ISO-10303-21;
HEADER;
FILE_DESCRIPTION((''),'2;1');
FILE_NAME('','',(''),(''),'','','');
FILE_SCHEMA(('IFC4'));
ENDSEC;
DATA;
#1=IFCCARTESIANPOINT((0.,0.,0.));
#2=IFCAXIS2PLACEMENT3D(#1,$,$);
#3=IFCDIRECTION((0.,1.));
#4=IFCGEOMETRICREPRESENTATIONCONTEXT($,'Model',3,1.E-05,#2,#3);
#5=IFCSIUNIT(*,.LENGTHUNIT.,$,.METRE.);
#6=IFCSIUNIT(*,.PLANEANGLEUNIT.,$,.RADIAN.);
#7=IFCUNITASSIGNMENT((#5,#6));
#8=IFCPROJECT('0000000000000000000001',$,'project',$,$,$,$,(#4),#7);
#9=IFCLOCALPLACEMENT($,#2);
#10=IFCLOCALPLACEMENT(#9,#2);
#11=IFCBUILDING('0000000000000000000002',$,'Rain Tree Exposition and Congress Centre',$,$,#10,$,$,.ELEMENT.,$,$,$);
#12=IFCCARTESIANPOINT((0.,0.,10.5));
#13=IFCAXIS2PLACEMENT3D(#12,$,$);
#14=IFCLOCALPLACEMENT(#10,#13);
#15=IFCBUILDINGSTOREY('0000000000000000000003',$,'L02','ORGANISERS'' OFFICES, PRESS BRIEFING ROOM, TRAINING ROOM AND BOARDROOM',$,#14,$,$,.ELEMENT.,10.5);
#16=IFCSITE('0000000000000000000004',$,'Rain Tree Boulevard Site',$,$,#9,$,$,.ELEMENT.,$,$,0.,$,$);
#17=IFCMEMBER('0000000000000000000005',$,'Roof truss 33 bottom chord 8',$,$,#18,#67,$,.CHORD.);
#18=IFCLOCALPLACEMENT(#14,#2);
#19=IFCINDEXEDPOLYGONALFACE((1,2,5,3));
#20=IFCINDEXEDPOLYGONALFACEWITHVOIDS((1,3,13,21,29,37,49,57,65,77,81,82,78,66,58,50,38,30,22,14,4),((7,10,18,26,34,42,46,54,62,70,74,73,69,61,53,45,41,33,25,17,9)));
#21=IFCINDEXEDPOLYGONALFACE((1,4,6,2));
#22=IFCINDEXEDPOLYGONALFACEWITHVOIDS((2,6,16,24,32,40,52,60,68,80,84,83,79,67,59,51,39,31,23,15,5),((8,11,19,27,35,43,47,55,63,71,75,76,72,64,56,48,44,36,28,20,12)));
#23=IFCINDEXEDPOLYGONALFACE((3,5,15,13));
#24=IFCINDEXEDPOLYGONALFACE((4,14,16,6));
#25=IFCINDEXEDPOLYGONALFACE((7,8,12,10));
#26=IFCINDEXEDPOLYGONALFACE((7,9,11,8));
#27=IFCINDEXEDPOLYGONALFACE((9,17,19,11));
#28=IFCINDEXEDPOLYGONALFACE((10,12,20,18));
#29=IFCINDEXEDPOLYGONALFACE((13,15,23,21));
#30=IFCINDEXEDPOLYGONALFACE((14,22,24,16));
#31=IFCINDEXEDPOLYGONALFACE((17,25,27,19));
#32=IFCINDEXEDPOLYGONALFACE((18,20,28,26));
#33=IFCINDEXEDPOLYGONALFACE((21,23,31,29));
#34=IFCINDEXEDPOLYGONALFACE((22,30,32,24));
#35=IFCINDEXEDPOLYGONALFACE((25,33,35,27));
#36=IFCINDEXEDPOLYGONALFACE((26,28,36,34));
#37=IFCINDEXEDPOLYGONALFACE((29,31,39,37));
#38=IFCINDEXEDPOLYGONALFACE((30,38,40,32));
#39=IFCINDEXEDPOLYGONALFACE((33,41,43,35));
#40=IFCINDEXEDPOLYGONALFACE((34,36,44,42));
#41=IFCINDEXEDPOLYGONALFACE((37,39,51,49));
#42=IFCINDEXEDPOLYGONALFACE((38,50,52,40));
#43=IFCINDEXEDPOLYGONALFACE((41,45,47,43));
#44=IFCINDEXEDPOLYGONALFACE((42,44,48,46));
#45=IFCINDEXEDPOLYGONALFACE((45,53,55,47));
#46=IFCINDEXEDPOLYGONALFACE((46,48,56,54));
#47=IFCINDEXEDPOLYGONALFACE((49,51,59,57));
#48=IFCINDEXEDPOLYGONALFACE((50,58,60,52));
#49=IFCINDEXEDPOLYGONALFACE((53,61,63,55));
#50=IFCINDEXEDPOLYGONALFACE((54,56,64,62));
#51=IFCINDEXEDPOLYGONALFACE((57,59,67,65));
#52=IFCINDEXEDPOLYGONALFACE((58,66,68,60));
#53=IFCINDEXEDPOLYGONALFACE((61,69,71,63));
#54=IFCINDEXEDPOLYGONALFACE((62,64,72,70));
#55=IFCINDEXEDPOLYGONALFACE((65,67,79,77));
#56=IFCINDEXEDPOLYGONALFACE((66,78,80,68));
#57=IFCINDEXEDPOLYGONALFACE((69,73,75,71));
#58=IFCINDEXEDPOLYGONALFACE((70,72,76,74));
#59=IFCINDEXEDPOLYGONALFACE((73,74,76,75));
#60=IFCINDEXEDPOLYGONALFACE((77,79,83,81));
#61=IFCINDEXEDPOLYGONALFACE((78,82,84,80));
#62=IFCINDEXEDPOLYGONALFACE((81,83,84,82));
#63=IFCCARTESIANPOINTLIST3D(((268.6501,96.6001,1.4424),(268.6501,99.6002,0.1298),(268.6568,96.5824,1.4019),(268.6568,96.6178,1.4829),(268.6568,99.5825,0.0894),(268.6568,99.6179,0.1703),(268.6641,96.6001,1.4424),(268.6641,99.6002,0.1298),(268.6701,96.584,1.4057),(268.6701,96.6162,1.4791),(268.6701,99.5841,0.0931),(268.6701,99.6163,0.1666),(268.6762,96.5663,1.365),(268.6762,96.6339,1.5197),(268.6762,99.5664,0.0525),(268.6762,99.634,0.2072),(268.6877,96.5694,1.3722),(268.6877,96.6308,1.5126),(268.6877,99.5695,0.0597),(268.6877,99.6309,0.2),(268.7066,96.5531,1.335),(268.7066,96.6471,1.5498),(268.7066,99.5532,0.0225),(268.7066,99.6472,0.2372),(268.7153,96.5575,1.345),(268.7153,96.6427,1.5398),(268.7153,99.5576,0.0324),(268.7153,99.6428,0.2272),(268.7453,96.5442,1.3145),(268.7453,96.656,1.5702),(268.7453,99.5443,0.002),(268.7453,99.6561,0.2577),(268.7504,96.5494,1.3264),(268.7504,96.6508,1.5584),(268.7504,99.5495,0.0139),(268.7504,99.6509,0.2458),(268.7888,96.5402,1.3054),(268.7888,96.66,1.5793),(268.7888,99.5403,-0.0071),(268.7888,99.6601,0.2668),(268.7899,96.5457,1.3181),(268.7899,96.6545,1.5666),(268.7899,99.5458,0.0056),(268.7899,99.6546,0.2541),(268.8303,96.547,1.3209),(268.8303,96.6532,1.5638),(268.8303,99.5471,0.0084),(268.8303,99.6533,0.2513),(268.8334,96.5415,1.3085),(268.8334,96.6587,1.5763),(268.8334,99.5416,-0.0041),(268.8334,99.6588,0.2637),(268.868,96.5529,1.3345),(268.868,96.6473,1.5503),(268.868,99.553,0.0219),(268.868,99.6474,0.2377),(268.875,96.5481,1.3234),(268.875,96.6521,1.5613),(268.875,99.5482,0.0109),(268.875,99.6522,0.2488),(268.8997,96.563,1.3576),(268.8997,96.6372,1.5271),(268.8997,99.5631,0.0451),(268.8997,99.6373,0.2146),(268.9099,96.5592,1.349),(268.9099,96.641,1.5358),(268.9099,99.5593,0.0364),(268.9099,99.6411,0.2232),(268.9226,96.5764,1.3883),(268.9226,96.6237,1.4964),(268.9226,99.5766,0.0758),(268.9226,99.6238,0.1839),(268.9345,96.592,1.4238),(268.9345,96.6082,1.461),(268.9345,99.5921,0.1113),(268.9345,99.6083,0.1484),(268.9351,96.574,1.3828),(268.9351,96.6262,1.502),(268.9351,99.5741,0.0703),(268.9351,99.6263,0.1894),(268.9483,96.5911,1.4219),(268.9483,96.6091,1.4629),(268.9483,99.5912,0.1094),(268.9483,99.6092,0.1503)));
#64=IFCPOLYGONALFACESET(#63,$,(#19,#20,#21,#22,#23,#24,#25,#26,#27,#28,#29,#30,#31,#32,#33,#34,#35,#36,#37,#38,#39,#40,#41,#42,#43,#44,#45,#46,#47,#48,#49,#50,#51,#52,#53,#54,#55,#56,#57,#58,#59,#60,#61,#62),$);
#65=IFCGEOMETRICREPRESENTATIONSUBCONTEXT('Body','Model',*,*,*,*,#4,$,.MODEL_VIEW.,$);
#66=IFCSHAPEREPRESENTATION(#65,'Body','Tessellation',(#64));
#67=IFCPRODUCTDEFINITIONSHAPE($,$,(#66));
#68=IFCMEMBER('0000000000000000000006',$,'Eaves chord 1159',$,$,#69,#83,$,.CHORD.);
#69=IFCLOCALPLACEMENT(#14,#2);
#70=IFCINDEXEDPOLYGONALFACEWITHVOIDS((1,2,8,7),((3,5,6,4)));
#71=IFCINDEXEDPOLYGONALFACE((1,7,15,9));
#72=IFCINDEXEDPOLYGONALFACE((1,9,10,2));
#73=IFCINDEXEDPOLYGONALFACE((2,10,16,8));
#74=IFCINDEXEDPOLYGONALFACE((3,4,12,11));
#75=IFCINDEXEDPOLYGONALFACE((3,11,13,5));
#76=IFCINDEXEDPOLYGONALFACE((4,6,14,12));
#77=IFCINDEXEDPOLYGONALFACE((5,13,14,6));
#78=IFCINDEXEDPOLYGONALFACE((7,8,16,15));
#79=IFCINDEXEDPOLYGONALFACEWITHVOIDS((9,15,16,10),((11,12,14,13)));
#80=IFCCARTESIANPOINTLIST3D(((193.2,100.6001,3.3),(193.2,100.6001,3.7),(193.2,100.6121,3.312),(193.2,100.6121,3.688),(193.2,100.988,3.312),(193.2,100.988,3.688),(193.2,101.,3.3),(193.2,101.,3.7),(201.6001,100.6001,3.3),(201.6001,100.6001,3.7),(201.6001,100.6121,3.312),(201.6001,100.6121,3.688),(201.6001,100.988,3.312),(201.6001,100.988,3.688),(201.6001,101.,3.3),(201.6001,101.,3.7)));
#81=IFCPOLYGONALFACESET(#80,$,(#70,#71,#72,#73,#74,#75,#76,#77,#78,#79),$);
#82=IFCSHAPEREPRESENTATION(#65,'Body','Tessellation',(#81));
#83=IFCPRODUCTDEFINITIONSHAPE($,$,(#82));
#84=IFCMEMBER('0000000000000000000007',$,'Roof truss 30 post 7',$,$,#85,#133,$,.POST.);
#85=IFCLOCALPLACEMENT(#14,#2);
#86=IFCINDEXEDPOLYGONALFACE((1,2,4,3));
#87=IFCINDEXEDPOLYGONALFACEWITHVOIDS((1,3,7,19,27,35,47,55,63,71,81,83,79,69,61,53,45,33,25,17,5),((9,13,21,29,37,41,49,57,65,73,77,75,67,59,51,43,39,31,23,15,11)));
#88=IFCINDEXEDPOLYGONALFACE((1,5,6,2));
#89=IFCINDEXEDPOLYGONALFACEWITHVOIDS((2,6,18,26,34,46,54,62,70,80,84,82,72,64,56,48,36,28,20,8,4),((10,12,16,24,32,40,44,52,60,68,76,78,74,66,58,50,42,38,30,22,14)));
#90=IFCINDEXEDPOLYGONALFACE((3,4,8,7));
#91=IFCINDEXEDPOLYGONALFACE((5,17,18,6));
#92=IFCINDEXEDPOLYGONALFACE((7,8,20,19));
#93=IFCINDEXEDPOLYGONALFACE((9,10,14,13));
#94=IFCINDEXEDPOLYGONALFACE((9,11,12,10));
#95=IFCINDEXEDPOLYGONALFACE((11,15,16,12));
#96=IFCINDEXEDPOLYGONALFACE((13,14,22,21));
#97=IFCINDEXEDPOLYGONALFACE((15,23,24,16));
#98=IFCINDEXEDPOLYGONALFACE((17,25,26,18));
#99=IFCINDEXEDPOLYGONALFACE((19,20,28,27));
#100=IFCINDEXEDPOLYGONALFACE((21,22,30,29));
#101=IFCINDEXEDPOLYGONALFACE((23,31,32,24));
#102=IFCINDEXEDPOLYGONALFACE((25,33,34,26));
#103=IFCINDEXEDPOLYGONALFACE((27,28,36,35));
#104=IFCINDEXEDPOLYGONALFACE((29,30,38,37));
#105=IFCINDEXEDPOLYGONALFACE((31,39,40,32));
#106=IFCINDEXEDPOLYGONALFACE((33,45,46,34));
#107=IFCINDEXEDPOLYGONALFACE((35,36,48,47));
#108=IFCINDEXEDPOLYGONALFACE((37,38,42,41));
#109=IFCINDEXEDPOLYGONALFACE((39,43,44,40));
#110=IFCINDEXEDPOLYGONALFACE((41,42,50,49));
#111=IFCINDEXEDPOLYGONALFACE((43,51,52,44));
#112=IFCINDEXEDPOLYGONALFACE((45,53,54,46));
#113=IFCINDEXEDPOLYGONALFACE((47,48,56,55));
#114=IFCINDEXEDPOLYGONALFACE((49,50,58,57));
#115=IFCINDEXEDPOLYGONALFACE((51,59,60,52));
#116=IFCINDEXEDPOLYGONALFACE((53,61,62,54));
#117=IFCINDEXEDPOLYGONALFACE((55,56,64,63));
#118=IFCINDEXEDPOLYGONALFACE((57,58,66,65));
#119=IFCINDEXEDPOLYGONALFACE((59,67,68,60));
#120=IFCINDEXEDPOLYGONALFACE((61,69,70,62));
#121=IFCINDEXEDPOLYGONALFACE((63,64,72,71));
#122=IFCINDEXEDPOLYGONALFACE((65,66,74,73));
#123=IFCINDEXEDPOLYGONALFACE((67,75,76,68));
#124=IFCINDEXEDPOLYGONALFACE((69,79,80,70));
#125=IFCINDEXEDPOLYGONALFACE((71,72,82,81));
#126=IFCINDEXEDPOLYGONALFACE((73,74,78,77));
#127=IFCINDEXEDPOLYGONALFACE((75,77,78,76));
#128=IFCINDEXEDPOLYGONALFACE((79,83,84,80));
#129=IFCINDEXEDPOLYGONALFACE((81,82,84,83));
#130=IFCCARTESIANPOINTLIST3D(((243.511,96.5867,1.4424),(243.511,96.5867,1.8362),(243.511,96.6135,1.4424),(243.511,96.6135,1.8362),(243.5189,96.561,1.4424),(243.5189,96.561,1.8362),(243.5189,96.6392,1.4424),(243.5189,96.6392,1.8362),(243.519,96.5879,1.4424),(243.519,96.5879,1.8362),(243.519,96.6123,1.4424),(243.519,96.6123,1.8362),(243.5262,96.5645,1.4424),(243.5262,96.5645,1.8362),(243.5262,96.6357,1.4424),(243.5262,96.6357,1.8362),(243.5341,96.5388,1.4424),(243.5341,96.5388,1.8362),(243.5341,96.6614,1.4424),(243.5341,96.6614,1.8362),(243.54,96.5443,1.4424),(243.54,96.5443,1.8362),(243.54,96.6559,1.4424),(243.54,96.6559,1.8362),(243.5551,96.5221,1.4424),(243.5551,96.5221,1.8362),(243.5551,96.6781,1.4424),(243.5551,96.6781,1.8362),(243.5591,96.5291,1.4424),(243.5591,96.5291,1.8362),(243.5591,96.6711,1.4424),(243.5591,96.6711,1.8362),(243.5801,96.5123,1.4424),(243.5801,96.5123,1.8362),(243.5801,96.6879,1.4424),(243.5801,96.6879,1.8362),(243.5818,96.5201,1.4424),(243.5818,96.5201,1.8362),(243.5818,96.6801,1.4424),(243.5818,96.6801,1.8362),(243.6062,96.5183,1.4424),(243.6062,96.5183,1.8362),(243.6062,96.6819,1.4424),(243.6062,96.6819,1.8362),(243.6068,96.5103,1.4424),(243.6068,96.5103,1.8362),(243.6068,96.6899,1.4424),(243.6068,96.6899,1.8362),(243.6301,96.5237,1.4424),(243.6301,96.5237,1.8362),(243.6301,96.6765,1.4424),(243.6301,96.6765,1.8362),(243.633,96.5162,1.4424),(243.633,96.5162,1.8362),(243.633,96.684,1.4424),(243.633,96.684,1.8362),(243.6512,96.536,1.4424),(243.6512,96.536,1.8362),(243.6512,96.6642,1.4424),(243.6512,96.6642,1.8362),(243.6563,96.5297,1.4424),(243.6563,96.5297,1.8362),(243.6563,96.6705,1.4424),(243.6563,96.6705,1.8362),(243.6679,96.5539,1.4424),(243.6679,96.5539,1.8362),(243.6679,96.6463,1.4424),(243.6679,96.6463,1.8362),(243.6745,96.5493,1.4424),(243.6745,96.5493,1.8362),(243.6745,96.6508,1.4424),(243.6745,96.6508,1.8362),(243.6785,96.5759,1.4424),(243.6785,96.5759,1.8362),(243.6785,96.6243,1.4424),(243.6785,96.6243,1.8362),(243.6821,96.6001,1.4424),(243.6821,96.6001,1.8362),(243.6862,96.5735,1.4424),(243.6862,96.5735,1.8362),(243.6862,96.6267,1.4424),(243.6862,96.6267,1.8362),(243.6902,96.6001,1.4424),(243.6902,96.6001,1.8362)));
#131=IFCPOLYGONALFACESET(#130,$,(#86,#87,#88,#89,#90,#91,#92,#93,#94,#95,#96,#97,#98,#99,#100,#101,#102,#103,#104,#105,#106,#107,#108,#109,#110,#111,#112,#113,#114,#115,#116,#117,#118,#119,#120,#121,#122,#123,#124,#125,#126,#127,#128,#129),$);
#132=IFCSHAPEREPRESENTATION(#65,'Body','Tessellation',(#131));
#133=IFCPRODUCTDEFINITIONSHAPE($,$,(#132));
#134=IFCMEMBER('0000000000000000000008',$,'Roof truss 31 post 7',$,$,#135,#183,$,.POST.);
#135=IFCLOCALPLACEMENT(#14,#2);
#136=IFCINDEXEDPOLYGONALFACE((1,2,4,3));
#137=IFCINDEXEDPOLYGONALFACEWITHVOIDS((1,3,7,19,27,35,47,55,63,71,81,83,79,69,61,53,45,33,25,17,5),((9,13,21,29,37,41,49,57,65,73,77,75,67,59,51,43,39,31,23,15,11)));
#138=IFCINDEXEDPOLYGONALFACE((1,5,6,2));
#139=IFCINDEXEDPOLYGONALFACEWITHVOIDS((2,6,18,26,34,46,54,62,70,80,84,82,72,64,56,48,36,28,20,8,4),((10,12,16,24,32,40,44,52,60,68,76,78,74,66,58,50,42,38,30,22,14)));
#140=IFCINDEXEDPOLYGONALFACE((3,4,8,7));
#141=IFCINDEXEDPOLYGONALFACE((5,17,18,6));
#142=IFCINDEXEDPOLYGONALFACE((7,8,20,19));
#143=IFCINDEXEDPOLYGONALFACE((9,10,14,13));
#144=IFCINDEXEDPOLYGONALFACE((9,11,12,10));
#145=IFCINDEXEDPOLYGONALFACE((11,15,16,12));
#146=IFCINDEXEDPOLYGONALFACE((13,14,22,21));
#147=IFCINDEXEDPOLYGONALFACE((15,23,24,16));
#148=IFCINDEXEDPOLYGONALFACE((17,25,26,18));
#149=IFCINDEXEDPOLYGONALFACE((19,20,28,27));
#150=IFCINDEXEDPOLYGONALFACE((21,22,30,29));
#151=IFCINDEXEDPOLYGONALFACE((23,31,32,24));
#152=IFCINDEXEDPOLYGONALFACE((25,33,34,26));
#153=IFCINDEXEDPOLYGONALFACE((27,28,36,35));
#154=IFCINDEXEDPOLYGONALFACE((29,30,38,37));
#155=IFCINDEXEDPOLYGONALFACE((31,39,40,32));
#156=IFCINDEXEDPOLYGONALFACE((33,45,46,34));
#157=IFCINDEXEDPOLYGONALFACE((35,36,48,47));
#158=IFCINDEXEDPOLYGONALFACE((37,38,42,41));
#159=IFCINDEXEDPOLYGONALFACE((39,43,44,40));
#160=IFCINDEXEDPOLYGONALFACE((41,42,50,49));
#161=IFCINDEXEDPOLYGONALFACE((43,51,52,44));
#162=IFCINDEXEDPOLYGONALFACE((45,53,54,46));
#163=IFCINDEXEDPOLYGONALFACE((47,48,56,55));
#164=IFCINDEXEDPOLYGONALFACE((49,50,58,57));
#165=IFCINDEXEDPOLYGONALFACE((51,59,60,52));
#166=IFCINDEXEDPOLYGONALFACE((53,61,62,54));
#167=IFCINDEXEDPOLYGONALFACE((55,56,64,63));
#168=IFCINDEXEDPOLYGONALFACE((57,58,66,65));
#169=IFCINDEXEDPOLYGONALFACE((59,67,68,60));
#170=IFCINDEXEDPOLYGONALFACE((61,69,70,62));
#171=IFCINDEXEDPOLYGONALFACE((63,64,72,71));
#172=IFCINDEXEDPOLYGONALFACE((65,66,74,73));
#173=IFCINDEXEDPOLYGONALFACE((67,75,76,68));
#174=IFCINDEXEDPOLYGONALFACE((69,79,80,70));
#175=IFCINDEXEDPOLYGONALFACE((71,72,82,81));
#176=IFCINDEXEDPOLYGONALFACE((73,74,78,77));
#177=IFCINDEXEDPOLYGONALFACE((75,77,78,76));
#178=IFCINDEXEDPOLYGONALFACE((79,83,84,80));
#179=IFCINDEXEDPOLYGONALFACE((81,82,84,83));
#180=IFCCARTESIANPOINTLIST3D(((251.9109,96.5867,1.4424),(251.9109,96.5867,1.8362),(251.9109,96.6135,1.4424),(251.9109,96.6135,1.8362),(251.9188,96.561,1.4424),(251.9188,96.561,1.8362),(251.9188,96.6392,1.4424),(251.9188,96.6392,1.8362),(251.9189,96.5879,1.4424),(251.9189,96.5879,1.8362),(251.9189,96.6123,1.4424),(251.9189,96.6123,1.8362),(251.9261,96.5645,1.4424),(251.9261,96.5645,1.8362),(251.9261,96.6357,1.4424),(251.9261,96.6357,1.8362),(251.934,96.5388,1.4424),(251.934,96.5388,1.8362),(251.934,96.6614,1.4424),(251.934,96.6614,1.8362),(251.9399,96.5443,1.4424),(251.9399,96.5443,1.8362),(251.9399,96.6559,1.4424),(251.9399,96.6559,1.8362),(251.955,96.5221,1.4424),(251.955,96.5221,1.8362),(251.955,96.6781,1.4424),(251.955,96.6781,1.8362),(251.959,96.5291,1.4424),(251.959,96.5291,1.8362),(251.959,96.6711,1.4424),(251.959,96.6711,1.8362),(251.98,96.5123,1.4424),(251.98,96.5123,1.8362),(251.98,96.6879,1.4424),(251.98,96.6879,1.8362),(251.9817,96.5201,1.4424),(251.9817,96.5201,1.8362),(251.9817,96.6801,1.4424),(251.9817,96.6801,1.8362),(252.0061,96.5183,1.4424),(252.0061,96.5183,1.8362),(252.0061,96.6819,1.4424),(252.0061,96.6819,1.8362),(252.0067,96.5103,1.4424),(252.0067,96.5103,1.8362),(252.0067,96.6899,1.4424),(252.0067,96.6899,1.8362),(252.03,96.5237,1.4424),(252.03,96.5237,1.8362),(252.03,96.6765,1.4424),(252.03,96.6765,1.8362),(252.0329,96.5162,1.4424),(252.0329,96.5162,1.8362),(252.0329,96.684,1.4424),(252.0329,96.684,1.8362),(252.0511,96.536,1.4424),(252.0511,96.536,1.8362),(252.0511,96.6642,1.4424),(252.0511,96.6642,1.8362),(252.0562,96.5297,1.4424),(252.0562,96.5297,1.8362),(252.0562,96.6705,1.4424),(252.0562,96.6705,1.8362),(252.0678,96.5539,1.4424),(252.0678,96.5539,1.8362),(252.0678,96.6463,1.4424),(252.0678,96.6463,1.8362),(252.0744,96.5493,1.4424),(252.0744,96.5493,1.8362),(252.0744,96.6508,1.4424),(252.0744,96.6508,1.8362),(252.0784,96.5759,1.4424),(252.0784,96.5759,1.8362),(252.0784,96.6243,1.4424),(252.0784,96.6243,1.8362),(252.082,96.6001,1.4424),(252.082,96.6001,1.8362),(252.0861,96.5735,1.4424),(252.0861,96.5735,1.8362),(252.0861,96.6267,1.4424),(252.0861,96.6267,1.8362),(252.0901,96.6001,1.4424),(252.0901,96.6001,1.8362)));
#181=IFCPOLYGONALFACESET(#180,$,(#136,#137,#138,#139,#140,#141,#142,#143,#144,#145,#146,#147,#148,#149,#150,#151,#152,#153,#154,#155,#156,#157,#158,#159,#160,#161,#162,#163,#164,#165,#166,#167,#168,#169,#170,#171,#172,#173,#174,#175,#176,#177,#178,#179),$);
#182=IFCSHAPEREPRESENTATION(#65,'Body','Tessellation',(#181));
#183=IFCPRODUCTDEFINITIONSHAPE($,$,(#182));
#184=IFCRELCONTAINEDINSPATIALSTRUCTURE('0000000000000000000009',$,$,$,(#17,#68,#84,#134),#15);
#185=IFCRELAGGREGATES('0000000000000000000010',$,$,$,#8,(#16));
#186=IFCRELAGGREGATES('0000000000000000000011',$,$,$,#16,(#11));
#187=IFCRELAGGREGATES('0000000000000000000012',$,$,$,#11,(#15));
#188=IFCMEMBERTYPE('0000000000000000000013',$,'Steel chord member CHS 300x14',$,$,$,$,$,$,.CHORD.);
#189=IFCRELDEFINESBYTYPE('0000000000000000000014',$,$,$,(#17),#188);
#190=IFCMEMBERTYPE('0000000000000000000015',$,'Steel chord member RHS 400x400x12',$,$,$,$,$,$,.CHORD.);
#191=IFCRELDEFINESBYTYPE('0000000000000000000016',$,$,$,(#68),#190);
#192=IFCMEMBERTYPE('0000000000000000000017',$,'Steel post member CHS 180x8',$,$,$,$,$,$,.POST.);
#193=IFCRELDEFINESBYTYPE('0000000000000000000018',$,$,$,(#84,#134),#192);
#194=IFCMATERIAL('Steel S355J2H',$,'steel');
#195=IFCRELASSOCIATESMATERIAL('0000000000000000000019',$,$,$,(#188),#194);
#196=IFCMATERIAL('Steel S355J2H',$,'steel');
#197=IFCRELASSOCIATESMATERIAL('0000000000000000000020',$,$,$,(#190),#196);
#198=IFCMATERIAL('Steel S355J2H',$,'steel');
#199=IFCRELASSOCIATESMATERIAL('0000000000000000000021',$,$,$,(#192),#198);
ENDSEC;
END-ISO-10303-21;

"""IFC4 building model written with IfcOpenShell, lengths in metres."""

from ifc_helpers import new_model, si_unit, direction, frame, origin, origin_2d, place, context, subcontext, project, spatial, hollow_rectangle, hollow_circle, extrude, material, material_profile, profile_set, type_object, element, save


model = new_model("IFC4")

# Units and contexts
model_context = context("Model", 3, precision=1e-05, world=origin(), true_north=direction((0.0, 1.0)))
body_context = subcontext(model_context, "Body", "Model", "MODEL_VIEW")
ifc_project = project(units=[si_unit("LENGTHUNIT", "METRE"), si_unit("PLANEANGLEUNIT", "RADIAN")], contexts=[model_context])

# Site, building, storey
site_placement = place(None, origin())
site = spatial("IfcSite", under=ifc_project, at=site_placement, Name="Rain Tree Boulevard Site", CompositionType="ELEMENT", RefElevation=0.0)
building_placement = place(site_placement, origin())
building = spatial("IfcBuilding", under=site, at=building_placement, Name="Rain Tree Exposition and Congress Centre", CompositionType="ELEMENT")
storey_placement = place(building_placement, frame((0.0, 0.0, 10.5)))
storey = spatial("IfcBuildingStorey", under=building, at=storey_placement, Name="L02", Description="ORGANISERS' OFFICES, PRESS BRIEFING ROOM, TRAINING ROOM AND BOARDROOM", CompositionType="ELEMENT", Elevation=10.5)

# Members
ifc_material_1 = material(Name="Steel S355J2H", Category="steel")
ifc_material_profile_1 = material_profile(ifc_material_1, hollow_circle(Radius=0.1499, WallThickness=0.0139, at=origin_2d()), Name="CHS 300x14")
ifc_profile_set_1 = profile_set([ifc_material_profile_1], Name="Steel S355J2H")
member_type_1 = type_object("IfcMemberType", Name="Steel chord member CHS 300x14", PredefinedType="CHORD", material=ifc_profile_set_1)
member_1_placement = place(storey_placement, frame((268.8, 96.6001, 1.4424), z_axis=(0.0, 0.916157, -0.400819), x_axis=(-1.0, 0.0, 0.0)))
element("IfcMember", 1, at=member_1_placement, inside=storey, type_object=member_type_1, Name="Roof truss 33 bottom chord 8", PredefinedType="CHORD", context=body_context, shape_type="SweptSolid", body=[
    extrude(hollow_circle(Radius=0.1499, WallThickness=0.0139, at=origin_2d()), origin(), (0.0, 0.0, 1.0), 3.2747),
])
ifc_material_2 = material(Name="Steel S355J2H", Category="steel")
ifc_material_profile_2 = material_profile(ifc_material_2, hollow_rectangle(XDim=0.3999, YDim=0.3999, WallThickness=0.012, at=origin_2d()), Name="RHS 400x400x12")
ifc_profile_set_2 = profile_set([ifc_material_profile_2], Name="Steel S355J2H")
member_type_2 = type_object("IfcMemberType", Name="Steel chord member RHS 400x400x12", PredefinedType="CHORD", material=ifc_profile_set_2)
member_2_placement = place(storey_placement, frame((193.2, 100.8, 3.5), z_axis=(1.0, 0.0, 0.0), x_axis=(0.0, 1.0, 0.0)))
element("IfcMember", 2, at=member_2_placement, inside=storey, type_object=member_type_2, Name="Eaves chord 1159", PredefinedType="CHORD", context=body_context, shape_type="SweptSolid", body=[
    extrude(hollow_rectangle(XDim=0.3999, YDim=0.3999, WallThickness=0.012, at=origin_2d()), origin(), (0.0, 0.0, 1.0), 8.4001),
])
ifc_material_3 = material(Name="Steel S355J2H", Category="steel")
ifc_material_profile_3 = material_profile(ifc_material_3, hollow_circle(Radius=0.0901, WallThickness=0.0081, at=origin_2d()), Name="CHS 180x8")
ifc_profile_set_3 = profile_set([ifc_material_profile_3], Name="Steel S355J2H")
member_type_3 = type_object("IfcMemberType", Name="Steel post member CHS 180x8", PredefinedType="POST", material=ifc_profile_set_3)
for number, where, z_axis, x_axis, name in (
    (3, (243.6001, 96.6001, 1.4424), (0.0, 0.0, 1.0), (1.0, 0.0, 0.0), "Roof truss 30 post 7"),
    (4, (252.0, 96.6001, 1.4424), (0.0, 0.0, 1.0), (1.0, 0.0, 0.0), "Roof truss 31 post 7"),
):
    element("IfcMember", number, at=place(storey_placement, frame(where, z_axis=z_axis, x_axis=x_axis)), inside=storey, type_object=member_type_3, Name=name, PredefinedType="POST", context=body_context, shape_type="SweptSolid", body=[
        extrude(hollow_circle(Radius=0.0901, WallThickness=0.0081, at=origin_2d()), origin(), (0.0, 0.0, 1.0), 0.3938),
    ])

save(model, "model.ifc")
